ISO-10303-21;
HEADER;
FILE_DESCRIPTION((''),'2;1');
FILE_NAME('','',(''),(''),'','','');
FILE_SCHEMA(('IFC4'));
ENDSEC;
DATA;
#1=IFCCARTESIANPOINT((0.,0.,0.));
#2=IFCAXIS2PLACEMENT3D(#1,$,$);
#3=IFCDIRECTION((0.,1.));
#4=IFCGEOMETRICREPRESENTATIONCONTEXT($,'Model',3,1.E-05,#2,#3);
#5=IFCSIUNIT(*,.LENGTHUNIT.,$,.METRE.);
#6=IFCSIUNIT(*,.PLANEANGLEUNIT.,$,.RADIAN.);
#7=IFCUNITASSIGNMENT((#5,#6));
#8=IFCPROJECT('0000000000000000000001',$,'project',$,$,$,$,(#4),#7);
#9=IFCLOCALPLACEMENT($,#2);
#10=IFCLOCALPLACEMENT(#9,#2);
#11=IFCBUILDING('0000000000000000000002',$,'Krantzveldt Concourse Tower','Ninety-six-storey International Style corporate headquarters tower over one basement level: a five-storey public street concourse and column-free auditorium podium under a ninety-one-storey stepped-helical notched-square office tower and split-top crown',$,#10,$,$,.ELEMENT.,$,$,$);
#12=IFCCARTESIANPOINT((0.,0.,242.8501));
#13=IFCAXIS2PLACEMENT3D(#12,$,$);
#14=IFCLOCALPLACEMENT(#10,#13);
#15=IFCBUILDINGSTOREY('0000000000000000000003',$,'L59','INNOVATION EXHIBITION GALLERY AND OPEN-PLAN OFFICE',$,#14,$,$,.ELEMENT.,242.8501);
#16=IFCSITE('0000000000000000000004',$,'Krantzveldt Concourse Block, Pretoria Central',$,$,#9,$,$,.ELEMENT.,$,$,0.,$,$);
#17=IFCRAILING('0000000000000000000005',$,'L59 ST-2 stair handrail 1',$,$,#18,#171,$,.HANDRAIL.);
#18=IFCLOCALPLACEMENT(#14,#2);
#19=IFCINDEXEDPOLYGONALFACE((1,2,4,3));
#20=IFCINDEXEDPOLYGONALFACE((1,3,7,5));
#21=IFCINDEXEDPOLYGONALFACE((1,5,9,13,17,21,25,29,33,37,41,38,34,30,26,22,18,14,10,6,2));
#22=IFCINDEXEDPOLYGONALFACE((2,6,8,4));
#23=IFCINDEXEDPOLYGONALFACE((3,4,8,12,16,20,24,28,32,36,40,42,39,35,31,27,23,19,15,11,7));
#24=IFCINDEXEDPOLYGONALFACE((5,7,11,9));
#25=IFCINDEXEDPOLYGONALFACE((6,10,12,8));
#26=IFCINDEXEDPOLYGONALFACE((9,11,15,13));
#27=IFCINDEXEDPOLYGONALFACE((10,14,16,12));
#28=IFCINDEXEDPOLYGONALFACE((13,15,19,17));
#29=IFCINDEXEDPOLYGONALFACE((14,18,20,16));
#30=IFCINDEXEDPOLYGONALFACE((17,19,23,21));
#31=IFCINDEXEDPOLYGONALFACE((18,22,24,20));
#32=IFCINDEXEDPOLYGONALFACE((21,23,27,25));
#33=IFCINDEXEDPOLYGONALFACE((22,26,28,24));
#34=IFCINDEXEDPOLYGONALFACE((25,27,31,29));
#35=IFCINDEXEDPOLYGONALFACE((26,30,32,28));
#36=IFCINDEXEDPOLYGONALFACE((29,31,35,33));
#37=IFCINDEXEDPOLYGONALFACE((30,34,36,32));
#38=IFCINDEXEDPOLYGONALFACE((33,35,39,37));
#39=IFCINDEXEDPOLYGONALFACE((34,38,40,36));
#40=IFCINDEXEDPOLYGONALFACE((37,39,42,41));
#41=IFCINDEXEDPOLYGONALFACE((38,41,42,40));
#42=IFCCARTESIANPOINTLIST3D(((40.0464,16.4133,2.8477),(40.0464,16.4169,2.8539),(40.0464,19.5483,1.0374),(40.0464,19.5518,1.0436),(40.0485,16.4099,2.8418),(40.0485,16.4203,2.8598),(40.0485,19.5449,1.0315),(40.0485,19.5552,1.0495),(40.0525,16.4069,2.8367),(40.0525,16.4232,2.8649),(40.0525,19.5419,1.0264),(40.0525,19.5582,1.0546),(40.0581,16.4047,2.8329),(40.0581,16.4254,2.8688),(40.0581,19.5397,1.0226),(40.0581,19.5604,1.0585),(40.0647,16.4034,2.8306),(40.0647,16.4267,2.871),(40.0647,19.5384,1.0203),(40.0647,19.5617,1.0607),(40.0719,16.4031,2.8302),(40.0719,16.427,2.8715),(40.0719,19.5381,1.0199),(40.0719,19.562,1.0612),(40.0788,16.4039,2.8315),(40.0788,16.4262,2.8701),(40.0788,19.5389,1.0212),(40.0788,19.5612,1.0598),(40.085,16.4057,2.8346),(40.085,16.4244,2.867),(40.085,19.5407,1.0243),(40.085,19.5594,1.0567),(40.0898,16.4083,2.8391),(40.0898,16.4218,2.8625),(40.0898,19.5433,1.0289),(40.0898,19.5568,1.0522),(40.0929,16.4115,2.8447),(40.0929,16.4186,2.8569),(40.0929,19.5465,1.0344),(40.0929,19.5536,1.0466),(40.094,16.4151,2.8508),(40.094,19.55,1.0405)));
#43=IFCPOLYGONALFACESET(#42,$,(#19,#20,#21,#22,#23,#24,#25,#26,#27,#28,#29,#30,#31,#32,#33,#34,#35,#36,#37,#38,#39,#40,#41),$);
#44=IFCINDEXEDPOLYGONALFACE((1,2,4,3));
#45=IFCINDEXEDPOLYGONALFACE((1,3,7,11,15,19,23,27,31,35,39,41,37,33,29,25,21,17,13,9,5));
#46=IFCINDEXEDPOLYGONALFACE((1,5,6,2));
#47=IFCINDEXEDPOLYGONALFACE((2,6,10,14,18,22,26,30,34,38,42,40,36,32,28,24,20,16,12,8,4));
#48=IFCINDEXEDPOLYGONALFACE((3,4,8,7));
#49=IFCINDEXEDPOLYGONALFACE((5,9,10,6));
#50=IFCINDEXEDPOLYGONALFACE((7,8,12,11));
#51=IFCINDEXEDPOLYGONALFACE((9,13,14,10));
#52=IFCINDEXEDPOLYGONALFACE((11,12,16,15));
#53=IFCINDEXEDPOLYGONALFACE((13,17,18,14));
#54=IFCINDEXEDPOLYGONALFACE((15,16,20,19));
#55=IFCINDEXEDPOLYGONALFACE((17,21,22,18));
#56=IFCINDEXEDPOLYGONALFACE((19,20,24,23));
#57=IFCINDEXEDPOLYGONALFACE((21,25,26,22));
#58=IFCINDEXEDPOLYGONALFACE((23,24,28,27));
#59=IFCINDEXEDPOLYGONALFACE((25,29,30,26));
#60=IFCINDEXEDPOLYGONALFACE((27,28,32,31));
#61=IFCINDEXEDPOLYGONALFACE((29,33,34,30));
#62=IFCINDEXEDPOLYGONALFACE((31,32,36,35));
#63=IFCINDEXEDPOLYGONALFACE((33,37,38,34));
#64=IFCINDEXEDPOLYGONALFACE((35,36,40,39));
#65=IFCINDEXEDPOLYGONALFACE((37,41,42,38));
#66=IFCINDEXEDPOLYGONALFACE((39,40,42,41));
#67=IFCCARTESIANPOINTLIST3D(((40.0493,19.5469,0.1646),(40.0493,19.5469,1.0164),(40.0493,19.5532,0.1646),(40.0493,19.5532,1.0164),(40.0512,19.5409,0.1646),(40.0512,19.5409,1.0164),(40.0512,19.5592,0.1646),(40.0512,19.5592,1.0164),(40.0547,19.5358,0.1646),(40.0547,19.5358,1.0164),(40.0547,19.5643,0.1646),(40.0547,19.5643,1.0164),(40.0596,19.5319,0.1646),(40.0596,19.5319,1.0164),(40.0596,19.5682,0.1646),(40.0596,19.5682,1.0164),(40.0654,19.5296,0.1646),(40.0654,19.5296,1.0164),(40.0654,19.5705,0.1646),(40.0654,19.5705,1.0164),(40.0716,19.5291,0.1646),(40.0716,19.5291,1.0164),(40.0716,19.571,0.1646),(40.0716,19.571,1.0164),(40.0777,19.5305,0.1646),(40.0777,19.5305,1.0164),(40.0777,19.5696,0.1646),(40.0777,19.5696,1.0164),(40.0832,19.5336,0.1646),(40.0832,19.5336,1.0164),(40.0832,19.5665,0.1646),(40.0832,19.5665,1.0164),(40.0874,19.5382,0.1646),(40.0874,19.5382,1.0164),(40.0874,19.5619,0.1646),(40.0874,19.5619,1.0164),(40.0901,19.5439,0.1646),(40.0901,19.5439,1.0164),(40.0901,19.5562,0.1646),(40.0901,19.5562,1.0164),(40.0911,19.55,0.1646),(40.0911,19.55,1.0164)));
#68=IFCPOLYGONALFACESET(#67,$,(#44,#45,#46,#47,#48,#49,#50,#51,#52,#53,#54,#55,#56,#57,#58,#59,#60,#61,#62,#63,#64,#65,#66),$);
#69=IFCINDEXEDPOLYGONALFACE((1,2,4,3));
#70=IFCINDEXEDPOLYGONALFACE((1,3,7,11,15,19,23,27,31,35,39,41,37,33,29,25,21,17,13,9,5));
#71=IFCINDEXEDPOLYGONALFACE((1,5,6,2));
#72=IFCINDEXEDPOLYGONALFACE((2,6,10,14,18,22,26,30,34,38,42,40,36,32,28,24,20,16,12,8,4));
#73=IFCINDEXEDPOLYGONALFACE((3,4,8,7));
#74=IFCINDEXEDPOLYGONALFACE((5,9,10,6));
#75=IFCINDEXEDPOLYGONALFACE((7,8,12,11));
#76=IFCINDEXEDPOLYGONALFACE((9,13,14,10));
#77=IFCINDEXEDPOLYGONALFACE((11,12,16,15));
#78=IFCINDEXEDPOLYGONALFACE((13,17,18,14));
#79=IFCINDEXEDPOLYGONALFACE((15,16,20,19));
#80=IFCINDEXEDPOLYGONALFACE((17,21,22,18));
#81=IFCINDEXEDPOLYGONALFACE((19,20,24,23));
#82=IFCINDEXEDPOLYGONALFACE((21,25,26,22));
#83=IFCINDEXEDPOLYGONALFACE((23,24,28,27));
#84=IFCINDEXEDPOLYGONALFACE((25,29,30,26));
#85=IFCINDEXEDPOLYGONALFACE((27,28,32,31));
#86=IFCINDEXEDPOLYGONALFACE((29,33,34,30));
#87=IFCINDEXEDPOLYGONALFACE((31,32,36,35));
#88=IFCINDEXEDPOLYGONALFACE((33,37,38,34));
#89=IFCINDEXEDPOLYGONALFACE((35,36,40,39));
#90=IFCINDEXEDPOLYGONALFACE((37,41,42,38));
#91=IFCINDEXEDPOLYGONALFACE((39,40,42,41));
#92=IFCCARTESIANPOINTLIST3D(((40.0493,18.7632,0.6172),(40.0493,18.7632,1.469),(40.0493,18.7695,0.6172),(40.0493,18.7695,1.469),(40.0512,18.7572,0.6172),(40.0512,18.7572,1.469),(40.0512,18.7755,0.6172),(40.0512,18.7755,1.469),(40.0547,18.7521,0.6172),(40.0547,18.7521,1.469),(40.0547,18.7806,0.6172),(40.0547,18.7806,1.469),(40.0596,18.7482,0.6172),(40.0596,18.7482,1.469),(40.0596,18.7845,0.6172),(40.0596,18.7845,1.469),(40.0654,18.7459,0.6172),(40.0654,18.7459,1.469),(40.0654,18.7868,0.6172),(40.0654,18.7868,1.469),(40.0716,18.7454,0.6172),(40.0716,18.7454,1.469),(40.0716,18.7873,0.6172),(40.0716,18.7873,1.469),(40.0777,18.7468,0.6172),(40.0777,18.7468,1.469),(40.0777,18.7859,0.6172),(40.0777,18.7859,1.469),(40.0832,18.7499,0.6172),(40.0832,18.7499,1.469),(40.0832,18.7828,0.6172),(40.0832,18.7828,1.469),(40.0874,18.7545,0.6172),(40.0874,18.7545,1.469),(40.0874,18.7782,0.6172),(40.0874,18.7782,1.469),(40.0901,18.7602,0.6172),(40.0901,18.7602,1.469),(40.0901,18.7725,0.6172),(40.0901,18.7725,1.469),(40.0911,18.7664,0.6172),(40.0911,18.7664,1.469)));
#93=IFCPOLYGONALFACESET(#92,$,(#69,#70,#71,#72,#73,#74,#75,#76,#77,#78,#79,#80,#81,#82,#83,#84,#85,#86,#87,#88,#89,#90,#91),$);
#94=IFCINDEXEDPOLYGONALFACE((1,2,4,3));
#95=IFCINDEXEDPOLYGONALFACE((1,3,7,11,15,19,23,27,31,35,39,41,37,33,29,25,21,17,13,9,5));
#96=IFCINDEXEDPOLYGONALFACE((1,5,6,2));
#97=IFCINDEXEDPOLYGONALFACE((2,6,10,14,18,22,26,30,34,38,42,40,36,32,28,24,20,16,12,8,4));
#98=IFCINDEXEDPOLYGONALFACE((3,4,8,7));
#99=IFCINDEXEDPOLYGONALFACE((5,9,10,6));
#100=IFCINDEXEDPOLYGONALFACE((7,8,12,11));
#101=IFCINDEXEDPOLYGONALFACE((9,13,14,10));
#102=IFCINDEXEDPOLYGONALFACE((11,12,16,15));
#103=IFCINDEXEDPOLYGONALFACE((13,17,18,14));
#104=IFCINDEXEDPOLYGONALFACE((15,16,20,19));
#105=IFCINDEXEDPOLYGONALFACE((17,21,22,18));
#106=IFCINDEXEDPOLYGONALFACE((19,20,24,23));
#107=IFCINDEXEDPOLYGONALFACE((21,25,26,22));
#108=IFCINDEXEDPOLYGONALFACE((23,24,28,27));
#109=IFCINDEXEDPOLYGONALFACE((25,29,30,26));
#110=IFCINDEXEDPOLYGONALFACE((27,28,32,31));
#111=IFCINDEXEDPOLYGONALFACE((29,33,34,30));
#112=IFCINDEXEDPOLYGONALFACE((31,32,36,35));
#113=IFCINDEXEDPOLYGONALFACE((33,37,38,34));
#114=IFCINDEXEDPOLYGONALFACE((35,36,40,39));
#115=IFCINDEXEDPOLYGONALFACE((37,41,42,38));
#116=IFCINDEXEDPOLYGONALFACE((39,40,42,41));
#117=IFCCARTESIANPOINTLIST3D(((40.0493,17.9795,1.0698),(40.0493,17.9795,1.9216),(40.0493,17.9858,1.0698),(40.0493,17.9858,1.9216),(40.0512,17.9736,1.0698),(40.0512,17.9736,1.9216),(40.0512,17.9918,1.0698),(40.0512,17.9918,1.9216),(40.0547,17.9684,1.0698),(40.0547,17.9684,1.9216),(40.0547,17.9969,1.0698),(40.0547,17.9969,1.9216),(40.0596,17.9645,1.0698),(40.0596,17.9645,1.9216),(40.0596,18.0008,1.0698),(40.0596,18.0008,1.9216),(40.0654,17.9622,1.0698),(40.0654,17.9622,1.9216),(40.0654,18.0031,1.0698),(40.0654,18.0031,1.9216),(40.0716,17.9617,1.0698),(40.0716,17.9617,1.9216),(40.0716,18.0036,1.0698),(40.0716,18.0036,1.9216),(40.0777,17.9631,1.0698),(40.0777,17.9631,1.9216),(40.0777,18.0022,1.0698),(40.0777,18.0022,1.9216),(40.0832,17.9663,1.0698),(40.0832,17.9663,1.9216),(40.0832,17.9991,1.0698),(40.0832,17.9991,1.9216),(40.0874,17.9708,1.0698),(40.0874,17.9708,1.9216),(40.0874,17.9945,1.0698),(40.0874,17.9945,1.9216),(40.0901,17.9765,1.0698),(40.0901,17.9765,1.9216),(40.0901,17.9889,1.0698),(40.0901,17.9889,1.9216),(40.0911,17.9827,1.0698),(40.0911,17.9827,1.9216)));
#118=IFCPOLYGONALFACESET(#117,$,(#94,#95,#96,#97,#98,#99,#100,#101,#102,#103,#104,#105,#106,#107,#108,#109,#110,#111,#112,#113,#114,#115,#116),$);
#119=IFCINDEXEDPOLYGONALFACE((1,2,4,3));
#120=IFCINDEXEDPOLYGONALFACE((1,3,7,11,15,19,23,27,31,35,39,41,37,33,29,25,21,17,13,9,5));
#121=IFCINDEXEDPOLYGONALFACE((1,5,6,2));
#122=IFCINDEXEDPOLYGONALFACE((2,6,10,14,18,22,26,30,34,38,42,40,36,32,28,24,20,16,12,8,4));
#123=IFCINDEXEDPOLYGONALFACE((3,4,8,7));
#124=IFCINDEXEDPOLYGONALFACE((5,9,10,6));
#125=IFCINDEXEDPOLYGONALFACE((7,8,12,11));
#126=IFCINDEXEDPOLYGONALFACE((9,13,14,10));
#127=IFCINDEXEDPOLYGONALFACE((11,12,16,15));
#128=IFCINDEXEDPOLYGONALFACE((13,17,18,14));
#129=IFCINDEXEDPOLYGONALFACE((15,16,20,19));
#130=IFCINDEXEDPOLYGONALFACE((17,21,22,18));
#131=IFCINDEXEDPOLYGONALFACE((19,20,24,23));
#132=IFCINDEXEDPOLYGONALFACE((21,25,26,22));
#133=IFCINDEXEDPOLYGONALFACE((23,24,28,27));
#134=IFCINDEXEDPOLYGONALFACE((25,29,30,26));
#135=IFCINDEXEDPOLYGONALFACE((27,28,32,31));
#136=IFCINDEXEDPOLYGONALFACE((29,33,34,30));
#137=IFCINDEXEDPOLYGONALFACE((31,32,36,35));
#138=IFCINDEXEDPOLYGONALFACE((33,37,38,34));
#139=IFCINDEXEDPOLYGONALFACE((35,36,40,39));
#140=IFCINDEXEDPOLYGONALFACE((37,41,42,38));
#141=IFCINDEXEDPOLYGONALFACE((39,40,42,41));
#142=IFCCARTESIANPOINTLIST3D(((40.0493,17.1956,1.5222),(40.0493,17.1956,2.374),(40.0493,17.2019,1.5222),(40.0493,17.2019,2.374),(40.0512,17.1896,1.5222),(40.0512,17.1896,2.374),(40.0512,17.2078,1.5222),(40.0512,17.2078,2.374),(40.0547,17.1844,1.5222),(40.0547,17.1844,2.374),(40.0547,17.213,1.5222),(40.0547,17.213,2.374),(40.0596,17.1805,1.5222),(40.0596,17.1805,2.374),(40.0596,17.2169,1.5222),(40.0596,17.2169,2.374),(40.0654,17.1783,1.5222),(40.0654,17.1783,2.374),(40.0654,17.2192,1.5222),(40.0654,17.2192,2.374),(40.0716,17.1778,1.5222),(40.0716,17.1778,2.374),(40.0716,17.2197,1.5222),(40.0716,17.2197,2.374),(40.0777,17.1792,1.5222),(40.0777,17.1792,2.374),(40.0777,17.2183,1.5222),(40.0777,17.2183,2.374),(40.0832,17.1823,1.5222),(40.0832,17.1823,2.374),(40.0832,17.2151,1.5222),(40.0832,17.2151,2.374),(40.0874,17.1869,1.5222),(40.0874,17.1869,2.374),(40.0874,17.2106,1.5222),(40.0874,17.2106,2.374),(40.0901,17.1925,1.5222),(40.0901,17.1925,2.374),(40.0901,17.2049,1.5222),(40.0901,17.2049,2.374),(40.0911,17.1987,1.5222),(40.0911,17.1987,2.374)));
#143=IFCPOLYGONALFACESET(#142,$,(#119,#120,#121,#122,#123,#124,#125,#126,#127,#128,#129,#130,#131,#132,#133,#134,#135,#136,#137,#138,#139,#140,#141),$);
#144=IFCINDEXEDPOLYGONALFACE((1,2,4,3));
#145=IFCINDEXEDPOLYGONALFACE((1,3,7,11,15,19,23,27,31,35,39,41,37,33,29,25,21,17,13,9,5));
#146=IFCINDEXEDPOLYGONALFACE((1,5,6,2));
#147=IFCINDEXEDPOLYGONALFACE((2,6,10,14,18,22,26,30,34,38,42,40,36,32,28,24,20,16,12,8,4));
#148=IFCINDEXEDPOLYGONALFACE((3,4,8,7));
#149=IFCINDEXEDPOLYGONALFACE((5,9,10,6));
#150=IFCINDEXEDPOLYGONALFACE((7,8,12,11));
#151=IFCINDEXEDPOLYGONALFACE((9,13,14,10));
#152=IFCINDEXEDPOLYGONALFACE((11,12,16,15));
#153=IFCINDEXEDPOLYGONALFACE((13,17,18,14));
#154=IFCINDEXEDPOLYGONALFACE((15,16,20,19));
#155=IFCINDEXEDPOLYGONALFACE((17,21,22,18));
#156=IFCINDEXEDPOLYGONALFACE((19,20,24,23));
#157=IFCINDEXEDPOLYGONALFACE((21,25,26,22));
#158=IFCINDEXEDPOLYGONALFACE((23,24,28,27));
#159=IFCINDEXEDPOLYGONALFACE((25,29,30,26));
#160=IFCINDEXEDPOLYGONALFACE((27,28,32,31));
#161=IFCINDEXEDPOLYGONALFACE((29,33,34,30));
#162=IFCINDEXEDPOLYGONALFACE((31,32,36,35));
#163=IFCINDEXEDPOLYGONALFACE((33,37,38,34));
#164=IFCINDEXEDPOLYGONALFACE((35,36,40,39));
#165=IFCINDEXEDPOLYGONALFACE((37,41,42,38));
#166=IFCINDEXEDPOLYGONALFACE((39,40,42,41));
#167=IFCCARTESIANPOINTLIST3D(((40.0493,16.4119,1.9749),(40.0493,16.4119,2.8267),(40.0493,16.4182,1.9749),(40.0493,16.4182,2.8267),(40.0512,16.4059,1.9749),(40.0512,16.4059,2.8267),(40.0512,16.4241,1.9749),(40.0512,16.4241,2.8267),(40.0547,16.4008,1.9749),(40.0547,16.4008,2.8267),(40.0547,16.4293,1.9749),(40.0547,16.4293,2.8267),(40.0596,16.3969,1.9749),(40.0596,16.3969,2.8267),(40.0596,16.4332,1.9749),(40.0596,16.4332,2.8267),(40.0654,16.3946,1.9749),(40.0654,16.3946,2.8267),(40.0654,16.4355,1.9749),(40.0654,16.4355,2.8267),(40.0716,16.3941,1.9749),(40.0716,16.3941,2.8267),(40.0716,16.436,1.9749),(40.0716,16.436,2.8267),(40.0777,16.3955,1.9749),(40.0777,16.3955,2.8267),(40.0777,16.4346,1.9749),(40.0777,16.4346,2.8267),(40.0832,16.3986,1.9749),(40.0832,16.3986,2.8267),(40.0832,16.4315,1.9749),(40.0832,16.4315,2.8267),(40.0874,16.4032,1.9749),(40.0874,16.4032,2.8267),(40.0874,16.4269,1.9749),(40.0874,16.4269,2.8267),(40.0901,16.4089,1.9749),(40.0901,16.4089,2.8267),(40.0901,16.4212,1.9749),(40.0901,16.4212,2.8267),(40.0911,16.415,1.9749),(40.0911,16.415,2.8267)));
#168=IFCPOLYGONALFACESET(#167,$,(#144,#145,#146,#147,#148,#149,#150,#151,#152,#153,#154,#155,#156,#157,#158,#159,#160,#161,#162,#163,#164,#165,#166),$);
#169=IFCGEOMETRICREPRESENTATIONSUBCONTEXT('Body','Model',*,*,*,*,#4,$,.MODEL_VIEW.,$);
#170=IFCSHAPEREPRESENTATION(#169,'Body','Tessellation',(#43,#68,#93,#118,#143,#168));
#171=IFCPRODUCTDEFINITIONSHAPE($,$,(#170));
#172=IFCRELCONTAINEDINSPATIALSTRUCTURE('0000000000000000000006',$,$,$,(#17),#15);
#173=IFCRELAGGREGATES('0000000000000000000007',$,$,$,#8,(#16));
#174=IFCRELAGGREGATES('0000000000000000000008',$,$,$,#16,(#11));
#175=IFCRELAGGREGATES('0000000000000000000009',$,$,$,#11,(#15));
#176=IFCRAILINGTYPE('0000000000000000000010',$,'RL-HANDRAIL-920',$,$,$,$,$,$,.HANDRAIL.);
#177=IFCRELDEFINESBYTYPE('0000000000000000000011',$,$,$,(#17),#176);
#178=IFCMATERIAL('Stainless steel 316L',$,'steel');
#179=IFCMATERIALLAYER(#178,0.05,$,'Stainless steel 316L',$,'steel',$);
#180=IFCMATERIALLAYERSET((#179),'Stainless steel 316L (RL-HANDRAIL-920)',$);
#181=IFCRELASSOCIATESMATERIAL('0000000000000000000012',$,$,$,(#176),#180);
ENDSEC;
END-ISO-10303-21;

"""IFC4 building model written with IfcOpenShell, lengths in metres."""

from ifc_helpers import new_model, si_unit, direction, frame, origin, origin_2d, place, context, subcontext, project, spatial, circle, extrude, material, layer, layer_set, type_object, element, save


model = new_model("IFC4")

# Units and contexts
model_context = context("Model", 3, precision=1e-05, world=origin(), true_north=direction((0.0, 1.0)))
body_context = subcontext(model_context, "Body", "Model", "MODEL_VIEW")
ifc_project = project(units=[si_unit("LENGTHUNIT", "METRE"), si_unit("PLANEANGLEUNIT", "RADIAN")], contexts=[model_context])

# Site, building, storey
site_placement = place(None, origin())
site = spatial("IfcSite", under=ifc_project, at=site_placement, Name="Krantzveldt Concourse Block, Pretoria Central", CompositionType="ELEMENT", RefElevation=0.0)
building_placement = place(site_placement, origin())
building = spatial("IfcBuilding", under=site, at=building_placement, Name="Krantzveldt Concourse Tower", Description="Ninety-six-storey International Style corporate headquarters tower over one basement level: a five-storey public street concourse and column-free auditorium podium under a ninety-one-storey stepped-helical notched-square office tower and split-top crown", CompositionType="ELEMENT")
storey_placement = place(building_placement, frame((0.0, 0.0, 242.8501)))
storey = spatial("IfcBuildingStorey", under=building, at=storey_placement, Name="L59", Description="INNOVATION EXHIBITION GALLERY AND OPEN-PLAN OFFICE", CompositionType="ELEMENT", Elevation=242.8501)

# Shared definitions
ifc_material_1 = material(Name="Stainless steel 316L", Category="steel")

# Railing
ifc_layer_1 = layer(ifc_material_1, 0.05, Name="Stainless steel 316L", Category="steel")
ifc_layer_set_1 = layer_set([ifc_layer_1], Name="Stainless steel 316L (RL-HANDRAIL-920)")
railing_type_1 = type_object("IfcRailingType", Name="RL-HANDRAIL-920", PredefinedType="HANDRAIL", material=ifc_layer_set_1)
railing_1_placement = place(storey_placement, frame((40.0701, 19.55, 0.1646)))
element("IfcRailing", 1, at=railing_1_placement, inside=storey, type_object=railing_type_1, Name="L59 ST-2 stair handrail 1", PredefinedType="HANDRAIL", context=body_context, shape_type="SweptSolid", body=[
    extrude(circle(Radius=0.0239, at=origin_2d()), frame((0.0, 0.0, 0.876), z_axis=(0.0, -0.865989, 0.500063), x_axis=(1.0, 0.0, 0.0)), (0.0, 0.0, 1.0), 3.6201),
    extrude(circle(Radius=0.021, at=origin_2d()), origin(), (0.0, 0.0, 1.0), 0.8518),
    extrude(circle(Radius=0.021, at=origin_2d()), frame((0.0, -0.7837, 0.4526)), (0.0, 0.0, 1.0), 0.8518),
    extrude(circle(Radius=0.021, at=origin_2d()), frame((0.0, -1.5674, 0.9053)), (0.0, 0.0, 1.0), 0.8518),
    extrude(circle(Radius=0.021, at=origin_2d()), frame((0.0, -2.3513, 1.3577)), (0.0, 0.0, 1.0), 0.8518),
    extrude(circle(Radius=0.021, at=origin_2d()), frame((0.0, -3.135, 1.8103)), (0.0, 0.0, 1.0), 0.8518),
])

save(model, "model.ifc")
